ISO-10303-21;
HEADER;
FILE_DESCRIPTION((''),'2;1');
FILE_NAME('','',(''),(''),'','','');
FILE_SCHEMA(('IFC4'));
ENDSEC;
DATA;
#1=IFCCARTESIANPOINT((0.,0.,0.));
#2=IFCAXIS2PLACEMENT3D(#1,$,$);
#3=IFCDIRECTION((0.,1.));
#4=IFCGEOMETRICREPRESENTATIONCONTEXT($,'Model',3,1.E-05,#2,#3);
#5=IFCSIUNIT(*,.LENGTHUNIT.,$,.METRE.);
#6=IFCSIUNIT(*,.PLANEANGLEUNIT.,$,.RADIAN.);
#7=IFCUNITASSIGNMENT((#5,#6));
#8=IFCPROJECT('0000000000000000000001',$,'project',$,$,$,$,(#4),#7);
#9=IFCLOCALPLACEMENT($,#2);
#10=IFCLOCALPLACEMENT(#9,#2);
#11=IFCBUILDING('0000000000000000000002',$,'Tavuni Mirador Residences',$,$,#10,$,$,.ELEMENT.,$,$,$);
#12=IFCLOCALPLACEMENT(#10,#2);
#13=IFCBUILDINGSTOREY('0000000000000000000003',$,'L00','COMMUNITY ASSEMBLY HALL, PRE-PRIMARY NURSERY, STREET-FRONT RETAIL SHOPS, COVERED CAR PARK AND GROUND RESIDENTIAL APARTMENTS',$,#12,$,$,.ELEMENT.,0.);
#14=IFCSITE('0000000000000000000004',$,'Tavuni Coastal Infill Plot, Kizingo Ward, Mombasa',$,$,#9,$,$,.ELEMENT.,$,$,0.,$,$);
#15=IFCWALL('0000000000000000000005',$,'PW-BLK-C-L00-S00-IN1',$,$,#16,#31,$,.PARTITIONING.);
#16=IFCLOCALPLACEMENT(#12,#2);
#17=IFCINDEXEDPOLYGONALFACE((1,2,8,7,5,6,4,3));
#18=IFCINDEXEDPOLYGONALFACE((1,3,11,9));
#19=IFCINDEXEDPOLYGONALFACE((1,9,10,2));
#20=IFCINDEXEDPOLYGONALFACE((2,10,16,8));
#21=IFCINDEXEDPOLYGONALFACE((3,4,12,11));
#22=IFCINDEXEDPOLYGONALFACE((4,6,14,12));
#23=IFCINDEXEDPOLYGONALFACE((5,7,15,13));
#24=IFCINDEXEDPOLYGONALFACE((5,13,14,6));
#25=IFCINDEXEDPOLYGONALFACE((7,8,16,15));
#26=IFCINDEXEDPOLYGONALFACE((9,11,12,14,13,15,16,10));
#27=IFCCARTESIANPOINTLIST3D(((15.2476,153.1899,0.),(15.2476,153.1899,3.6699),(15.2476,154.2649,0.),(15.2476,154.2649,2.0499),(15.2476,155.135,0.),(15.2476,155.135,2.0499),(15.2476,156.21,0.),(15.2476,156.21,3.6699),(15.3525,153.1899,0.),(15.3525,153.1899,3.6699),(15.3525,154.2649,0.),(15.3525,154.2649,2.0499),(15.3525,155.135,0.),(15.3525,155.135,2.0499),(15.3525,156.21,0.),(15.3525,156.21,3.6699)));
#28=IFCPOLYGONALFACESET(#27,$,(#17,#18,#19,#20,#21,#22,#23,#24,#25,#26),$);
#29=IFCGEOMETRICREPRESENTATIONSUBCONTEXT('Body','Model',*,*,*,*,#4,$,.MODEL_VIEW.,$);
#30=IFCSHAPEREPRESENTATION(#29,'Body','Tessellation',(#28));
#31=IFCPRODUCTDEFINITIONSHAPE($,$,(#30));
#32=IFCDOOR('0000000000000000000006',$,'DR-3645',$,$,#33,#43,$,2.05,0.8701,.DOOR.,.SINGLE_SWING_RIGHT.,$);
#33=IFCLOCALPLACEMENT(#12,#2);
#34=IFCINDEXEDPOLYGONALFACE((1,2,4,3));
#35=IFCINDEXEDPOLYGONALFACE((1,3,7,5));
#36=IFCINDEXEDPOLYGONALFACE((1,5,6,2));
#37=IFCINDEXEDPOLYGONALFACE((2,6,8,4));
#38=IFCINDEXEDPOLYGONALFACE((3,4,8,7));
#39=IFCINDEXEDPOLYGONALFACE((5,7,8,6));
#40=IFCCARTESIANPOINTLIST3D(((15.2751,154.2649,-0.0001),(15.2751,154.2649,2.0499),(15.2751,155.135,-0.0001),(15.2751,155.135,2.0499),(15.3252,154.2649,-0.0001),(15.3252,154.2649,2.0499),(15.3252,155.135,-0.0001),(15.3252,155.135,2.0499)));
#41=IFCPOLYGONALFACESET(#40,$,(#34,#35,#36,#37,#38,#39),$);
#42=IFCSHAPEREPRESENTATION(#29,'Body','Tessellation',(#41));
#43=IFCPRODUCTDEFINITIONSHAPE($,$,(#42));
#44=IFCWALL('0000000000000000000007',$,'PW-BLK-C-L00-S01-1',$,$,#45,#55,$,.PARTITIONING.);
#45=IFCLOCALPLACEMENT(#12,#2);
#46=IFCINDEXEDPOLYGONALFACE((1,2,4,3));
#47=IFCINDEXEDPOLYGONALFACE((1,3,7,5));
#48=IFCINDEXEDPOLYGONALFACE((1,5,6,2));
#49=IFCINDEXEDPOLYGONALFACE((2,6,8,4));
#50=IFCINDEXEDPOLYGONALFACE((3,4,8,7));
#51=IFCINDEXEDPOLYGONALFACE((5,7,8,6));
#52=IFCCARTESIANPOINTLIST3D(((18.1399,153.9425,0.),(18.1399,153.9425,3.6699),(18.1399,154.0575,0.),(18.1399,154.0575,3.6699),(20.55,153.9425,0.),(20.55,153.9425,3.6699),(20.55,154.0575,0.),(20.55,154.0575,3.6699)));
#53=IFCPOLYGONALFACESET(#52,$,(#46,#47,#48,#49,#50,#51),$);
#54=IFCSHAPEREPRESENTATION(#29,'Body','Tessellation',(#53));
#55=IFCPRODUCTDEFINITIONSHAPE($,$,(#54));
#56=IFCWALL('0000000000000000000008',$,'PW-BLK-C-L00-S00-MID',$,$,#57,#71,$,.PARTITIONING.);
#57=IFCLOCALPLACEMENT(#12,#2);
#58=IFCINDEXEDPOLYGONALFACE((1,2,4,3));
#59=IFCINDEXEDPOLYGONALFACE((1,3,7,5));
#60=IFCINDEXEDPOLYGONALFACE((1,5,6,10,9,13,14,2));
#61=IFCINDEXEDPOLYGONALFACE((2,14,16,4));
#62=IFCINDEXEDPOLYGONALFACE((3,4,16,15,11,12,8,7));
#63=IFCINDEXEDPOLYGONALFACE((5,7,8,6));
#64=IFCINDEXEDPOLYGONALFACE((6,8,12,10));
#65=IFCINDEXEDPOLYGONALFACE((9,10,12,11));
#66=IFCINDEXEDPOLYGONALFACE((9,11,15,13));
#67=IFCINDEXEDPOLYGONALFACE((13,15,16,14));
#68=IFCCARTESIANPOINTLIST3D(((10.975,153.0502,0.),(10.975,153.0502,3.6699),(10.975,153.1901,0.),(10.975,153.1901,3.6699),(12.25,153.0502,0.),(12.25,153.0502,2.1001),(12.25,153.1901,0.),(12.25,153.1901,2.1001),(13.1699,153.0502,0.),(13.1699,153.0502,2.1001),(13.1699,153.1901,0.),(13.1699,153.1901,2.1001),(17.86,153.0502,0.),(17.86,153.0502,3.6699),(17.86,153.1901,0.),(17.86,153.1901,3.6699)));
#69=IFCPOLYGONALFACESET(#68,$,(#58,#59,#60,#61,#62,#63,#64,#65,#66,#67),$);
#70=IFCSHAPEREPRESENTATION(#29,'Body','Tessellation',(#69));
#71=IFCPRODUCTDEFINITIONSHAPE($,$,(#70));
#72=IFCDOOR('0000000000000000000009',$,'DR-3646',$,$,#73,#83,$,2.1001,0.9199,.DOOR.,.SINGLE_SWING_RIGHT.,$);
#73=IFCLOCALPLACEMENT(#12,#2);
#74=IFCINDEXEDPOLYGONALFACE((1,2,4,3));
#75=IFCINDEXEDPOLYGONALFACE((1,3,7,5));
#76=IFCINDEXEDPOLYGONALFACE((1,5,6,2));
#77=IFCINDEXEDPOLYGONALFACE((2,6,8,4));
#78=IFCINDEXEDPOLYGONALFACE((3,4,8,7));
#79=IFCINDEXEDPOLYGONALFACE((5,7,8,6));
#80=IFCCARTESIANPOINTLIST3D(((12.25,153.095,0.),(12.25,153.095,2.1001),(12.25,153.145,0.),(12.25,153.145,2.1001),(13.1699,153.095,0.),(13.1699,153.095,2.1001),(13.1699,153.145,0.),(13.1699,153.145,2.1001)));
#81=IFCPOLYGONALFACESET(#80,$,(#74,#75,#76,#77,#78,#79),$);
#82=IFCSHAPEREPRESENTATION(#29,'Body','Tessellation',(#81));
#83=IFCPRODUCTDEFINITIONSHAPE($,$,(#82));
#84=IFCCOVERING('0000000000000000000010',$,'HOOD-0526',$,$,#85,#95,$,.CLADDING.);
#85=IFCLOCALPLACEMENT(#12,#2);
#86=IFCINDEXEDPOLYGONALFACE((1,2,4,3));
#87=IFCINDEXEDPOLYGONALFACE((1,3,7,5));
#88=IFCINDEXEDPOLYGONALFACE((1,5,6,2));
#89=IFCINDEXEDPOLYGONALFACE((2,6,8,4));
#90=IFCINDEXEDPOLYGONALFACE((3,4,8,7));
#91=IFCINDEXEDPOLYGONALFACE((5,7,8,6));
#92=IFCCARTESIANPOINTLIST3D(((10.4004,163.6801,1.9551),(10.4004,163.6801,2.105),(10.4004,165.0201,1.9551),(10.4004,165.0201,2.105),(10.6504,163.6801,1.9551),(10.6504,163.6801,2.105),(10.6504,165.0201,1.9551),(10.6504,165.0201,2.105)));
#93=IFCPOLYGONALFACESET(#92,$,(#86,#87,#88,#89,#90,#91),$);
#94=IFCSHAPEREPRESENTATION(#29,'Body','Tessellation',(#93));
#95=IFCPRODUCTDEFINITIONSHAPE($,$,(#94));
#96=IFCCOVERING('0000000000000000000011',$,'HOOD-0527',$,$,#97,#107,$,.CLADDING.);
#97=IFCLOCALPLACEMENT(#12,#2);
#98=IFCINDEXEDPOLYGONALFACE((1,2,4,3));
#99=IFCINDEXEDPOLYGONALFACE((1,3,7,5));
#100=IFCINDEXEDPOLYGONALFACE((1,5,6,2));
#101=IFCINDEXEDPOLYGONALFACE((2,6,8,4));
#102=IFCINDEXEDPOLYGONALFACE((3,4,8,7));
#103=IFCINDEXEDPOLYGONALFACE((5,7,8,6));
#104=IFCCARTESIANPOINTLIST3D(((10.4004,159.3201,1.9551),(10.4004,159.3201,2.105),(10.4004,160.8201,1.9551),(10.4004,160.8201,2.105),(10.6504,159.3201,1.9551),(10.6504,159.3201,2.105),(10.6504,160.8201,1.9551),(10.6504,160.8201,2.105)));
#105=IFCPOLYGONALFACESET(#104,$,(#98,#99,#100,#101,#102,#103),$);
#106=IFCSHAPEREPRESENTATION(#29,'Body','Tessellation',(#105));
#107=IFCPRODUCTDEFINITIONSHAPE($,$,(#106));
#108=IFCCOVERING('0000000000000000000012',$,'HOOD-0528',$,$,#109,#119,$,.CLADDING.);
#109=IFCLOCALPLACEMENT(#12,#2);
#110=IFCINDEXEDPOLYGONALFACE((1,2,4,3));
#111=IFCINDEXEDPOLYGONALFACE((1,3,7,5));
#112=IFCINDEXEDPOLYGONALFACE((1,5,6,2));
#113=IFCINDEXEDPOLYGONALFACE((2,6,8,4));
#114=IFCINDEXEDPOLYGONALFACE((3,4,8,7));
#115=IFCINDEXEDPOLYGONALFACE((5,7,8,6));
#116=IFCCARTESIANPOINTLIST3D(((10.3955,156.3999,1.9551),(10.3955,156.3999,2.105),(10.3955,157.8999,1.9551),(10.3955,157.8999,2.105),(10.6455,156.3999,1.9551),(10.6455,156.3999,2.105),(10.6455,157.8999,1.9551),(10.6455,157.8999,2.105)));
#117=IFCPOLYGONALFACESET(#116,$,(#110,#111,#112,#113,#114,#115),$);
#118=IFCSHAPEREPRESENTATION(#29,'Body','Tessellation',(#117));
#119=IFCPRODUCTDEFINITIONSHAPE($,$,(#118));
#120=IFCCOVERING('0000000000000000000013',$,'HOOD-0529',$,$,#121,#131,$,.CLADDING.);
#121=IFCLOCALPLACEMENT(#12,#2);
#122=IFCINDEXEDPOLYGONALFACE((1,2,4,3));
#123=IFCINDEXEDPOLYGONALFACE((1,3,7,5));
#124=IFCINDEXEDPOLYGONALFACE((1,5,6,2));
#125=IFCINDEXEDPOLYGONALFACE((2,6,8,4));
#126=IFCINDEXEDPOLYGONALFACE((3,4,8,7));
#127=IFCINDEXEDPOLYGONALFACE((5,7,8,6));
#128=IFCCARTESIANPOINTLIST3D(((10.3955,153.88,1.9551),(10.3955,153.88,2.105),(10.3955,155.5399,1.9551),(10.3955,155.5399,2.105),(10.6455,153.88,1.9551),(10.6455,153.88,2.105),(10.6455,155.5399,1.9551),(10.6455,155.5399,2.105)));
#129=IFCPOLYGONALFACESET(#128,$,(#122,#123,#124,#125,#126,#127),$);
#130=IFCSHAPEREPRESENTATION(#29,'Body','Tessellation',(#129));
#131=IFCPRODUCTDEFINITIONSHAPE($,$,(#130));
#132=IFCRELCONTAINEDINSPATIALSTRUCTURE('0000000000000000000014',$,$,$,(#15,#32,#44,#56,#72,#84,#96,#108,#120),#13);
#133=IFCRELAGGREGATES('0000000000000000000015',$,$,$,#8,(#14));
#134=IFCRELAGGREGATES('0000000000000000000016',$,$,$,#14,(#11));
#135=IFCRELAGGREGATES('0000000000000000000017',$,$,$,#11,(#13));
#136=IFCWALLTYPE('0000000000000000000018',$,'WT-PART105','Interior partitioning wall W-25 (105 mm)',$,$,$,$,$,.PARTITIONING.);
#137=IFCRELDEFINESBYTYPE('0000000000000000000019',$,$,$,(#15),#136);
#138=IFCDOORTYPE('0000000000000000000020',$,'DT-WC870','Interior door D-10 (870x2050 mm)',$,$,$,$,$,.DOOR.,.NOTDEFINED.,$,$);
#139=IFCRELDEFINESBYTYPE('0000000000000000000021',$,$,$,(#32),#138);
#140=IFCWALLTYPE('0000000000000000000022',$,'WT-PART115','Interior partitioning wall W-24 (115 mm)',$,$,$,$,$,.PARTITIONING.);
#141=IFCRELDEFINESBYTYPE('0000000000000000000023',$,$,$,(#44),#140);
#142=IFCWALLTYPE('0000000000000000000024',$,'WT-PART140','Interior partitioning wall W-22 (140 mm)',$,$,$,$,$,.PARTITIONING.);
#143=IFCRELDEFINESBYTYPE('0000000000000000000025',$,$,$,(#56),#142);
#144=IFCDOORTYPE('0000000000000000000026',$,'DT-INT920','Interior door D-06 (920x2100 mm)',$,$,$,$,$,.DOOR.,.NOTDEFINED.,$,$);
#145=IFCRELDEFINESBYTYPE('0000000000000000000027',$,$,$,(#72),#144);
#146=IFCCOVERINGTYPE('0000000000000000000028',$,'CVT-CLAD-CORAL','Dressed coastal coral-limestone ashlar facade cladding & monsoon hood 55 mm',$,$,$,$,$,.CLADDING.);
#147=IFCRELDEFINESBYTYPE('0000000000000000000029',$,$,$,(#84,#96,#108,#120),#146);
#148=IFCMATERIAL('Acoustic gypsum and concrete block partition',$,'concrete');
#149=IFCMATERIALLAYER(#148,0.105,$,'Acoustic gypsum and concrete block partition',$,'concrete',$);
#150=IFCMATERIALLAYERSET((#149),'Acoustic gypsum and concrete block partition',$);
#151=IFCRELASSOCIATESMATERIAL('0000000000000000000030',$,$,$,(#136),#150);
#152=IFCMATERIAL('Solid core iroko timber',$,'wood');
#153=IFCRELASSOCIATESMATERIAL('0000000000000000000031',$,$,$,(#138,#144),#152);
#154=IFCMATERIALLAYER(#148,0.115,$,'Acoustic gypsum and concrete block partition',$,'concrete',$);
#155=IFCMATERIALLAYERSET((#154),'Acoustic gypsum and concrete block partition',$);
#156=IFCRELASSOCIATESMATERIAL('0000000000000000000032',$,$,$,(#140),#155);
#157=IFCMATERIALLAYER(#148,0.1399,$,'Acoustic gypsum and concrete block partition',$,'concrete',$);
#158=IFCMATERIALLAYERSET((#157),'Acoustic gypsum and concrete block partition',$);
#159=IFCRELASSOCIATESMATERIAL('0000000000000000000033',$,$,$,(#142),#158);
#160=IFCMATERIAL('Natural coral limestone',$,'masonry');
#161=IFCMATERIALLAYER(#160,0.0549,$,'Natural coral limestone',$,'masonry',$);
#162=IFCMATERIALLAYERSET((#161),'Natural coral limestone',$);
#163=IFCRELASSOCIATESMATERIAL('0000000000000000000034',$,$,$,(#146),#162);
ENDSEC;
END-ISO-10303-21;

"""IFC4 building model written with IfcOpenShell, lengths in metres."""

from ifc_helpers import new_model, si_unit, direction, frame, frame_2d, origin, origin_2d, place, context, subcontext, project, spatial, rectangle, extrude, material, layer, layer_set, type_object, element, fill, save


model = new_model("IFC4")

# Units and contexts
model_context = context("Model", 3, precision=1e-05, world=origin(), true_north=direction((0.0, 1.0)))
body_context = subcontext(model_context, "Body", "Model", "MODEL_VIEW")
ifc_project = project(units=[si_unit("LENGTHUNIT", "METRE"), si_unit("PLANEANGLEUNIT", "RADIAN")], contexts=[model_context])

# Site, building, storey
site_placement = place(None, origin())
site = spatial("IfcSite", under=ifc_project, at=site_placement, Name="Tavuni Coastal Infill Plot, Kizingo Ward, Mombasa", CompositionType="ELEMENT", RefElevation=0.0)
building_placement = place(site_placement, origin())
building = spatial("IfcBuilding", under=site, at=building_placement, Name="Tavuni Mirador Residences", CompositionType="ELEMENT")
storey_placement = place(building_placement, origin())
storey = spatial("IfcBuildingStorey", under=building, at=storey_placement, Name="L00", Description="COMMUNITY ASSEMBLY HALL, PRE-PRIMARY NURSERY, STREET-FRONT RETAIL SHOPS, COVERED CAR PARK AND GROUND RESIDENTIAL APARTMENTS", CompositionType="ELEMENT", Elevation=0.0)

# Shared definitions
ifc_material_1 = material(Name="Solid core iroko timber", Category="wood")

# Wall, opening, door
ifc_material_2 = material(Name="Acoustic gypsum and concrete block partition", Category="concrete")
ifc_layer_1 = layer(ifc_material_2, 0.105, Name="Acoustic gypsum and concrete block partition", Category="concrete")
ifc_layer_set_1 = layer_set([ifc_layer_1], Name="Acoustic gypsum and concrete block partition")
wall_type_1 = type_object("IfcWallType", Name="WT-PART105", Description="Interior partitioning wall W-25 (105 mm)", PredefinedType="PARTITIONING", material=ifc_layer_set_1)
wall_1_placement = place(storey_placement, frame((15.3, 153.1899, 0.0), z_axis=(0.0, 0.0, 1.0), x_axis=(0.0, 1.0, 0.0)))
wall_1 = element("IfcWall", 1, at=wall_1_placement, inside=storey, type_object=wall_type_1, Name="PW-BLK-C-L00-S00-IN1", PredefinedType="PARTITIONING", context=body_context, shape_type="SweptSolid", body=[
    extrude(rectangle(XDim=3.02, YDim=0.105, at=frame_2d((1.51, 0.0))), origin(), (0.0, 0.0, 1.0), 3.6699),
])
opening_1_placement = place(wall_1_placement, frame((1.075, 0.0, 0.0)))
opening_1 = element("IfcOpeningElement", 2, at=opening_1_placement, cuts=wall_1, PredefinedType="OPENING", context=body_context, shape_type="SweptSolid", body=[
    extrude(rectangle(XDim=0.8701, YDim=2.05, at=frame_2d((0.4351, 1.0249))), frame((0.0, 0.0625, 0.0), z_axis=(0.0, -1.0, 0.0), x_axis=(1.0, 0.0, 0.0)), (0.0, 0.0, 1.0), 0.125),
])
door_type_1 = type_object("IfcDoorType", Name="DT-WC870", Description="Interior door D-10 (870x2050 mm)", OperationType="NOTDEFINED", PredefinedType="DOOR", material=ifc_material_1)
door_1_placement = place(opening_1_placement, origin())
door_1 = element("IfcDoor", 3, at=door_1_placement, inside=storey, type_object=door_type_1, Name="DR-3645", OperationType="SINGLE_SWING_RIGHT", OverallHeight=2.05, OverallWidth=0.8701, PredefinedType="DOOR", context=body_context, shape_type="SweptSolid", body=[
    extrude(rectangle(XDim=0.8701, YDim=2.05, at=frame_2d((0.4351, 1.0249))), frame((0.0, 0.0249, 0.0), z_axis=(0.0, -1.0, 0.0), x_axis=(1.0, 0.0, 0.0)), (0.0, 0.0, 1.0), 0.05),
])
fill(opening_1, door_1)

# Wall
ifc_layer_2 = layer(ifc_material_2, 0.115, Name="Acoustic gypsum and concrete block partition", Category="concrete")
ifc_layer_set_2 = layer_set([ifc_layer_2], Name="Acoustic gypsum and concrete block partition")
wall_type_2 = type_object("IfcWallType", Name="WT-PART115", Description="Interior partitioning wall W-24 (115 mm)", PredefinedType="PARTITIONING", material=ifc_layer_set_2)
wall_2_placement = place(storey_placement, frame((18.1399, 154.0, 0.0), z_axis=(0.0, 0.0, 1.0), x_axis=(1.0, 0.0, 0.0)))
element("IfcWall", 4, at=wall_2_placement, inside=storey, type_object=wall_type_2, Name="PW-BLK-C-L00-S01-1", PredefinedType="PARTITIONING", context=body_context, shape_type="SweptSolid", body=[
    extrude(rectangle(XDim=2.4102, YDim=0.115, at=frame_2d((1.2051, 0.0))), origin(), (0.0, 0.0, 1.0), 3.6699),
])

# Wall, opening, door
ifc_layer_3 = layer(ifc_material_2, 0.1399, Name="Acoustic gypsum and concrete block partition", Category="concrete")
ifc_layer_set_3 = layer_set([ifc_layer_3], Name="Acoustic gypsum and concrete block partition")
wall_type_3 = type_object("IfcWallType", Name="WT-PART140", Description="Interior partitioning wall W-22 (140 mm)", PredefinedType="PARTITIONING", material=ifc_layer_set_3)
wall_3_placement = place(storey_placement, frame((10.9751, 153.1201, 0.0), z_axis=(0.0, 0.0, 1.0), x_axis=(1.0, 0.0, 0.0)))
wall_3 = element("IfcWall", 5, at=wall_3_placement, inside=storey, type_object=wall_type_3, Name="PW-BLK-C-L00-S00-MID", PredefinedType="PARTITIONING", context=body_context, shape_type="SweptSolid", body=[
    extrude(rectangle(XDim=6.885, YDim=0.1399, at=frame_2d((3.4424, 0.0))), origin(), (0.0, 0.0, 1.0), 3.6699),
])
opening_2_placement = place(wall_3_placement, frame((1.2749, 0.0, 0.0)))
opening_2 = element("IfcOpeningElement", 6, at=opening_2_placement, cuts=wall_3, PredefinedType="OPENING", context=body_context, shape_type="SweptSolid", body=[
    extrude(rectangle(XDim=0.9199, YDim=2.1001, at=frame_2d((0.46, 1.05))), frame((0.0, 0.0801, 0.0), z_axis=(0.0, -1.0, 0.0), x_axis=(1.0, 0.0, 0.0)), (0.0, 0.0, 1.0), 0.1599),
])
door_type_2 = type_object("IfcDoorType", Name="DT-INT920", Description="Interior door D-06 (920x2100 mm)", OperationType="NOTDEFINED", PredefinedType="DOOR", material=ifc_material_1)
door_2_placement = place(opening_2_placement, origin())
door_2 = element("IfcDoor", 7, at=door_2_placement, inside=storey, type_object=door_type_2, Name="DR-3646", OperationType="SINGLE_SWING_RIGHT", OverallHeight=2.1001, OverallWidth=0.9199, PredefinedType="DOOR", context=body_context, shape_type="SweptSolid", body=[
    extrude(rectangle(XDim=0.9199, YDim=2.1001, at=frame_2d((0.46, 1.05))), frame((0.0, 0.0249, 0.0), z_axis=(0.0, -1.0, 0.0), x_axis=(1.0, 0.0, 0.0)), (0.0, 0.0, 1.0), 0.05),
])
fill(opening_2, door_2)

# Coverings
ifc_material_3 = material(Name="Natural coral limestone", Category="masonry")
ifc_layer_4 = layer(ifc_material_3, 0.0549, Name="Natural coral limestone", Category="masonry")
ifc_layer_set_4 = layer_set([ifc_layer_4], Name="Natural coral limestone")
covering_type = type_object("IfcCoveringType", Name="CVT-CLAD-CORAL", Description="Dressed coastal coral-limestone ashlar facade cladding & monsoon hood 55 mm", PredefinedType="CLADDING", material=ifc_layer_set_4)
covering_1_placement = place(storey_placement, frame((10.5254, 164.3501, 1.9551), z_axis=(0.0, 0.0, 1.0), x_axis=(0.0, -1.0, 0.0)))
element("IfcCovering", 8, at=covering_1_placement, inside=storey, type_object=covering_type, Name="HOOD-0526", PredefinedType="CLADDING", context=body_context, shape_type="SweptSolid", body=[
    extrude(rectangle(XDim=1.3401, YDim=0.25, at=origin_2d()), origin(), (0.0, 0.0, 1.0), 0.1499),
])
for number, where, z_axis, x_axis, name in (
    (9, (10.5254, 160.0701, 1.9551), (0.0, 0.0, 1.0), (0.0, -1.0, 0.0), "HOOD-0527"),
    (10, (10.5205, 157.1499, 1.9551), (0.0, 0.0, 1.0), (0.0, -1.0, 0.0), "HOOD-0528"),
):
    element("IfcCovering", number, at=place(storey_placement, frame(where, z_axis=z_axis, x_axis=x_axis)), inside=storey, type_object=covering_type, Name=name, PredefinedType="CLADDING", context=body_context, shape_type="SweptSolid", body=[
        extrude(rectangle(XDim=1.5, YDim=0.25, at=origin_2d()), origin(), (0.0, 0.0, 1.0), 0.1499),
    ])
covering_2_placement = place(storey_placement, frame((10.5205, 154.71, 1.9551), z_axis=(0.0, 0.0, 1.0), x_axis=(0.0, -1.0, 0.0)))
element("IfcCovering", 11, at=covering_2_placement, inside=storey, type_object=covering_type, Name="HOOD-0529", PredefinedType="CLADDING", context=body_context, shape_type="SweptSolid", body=[
    extrude(rectangle(XDim=1.6599, YDim=0.25, at=origin_2d()), origin(), (0.0, 0.0, 1.0), 0.1499),
])

save(model, "model.ifc")
